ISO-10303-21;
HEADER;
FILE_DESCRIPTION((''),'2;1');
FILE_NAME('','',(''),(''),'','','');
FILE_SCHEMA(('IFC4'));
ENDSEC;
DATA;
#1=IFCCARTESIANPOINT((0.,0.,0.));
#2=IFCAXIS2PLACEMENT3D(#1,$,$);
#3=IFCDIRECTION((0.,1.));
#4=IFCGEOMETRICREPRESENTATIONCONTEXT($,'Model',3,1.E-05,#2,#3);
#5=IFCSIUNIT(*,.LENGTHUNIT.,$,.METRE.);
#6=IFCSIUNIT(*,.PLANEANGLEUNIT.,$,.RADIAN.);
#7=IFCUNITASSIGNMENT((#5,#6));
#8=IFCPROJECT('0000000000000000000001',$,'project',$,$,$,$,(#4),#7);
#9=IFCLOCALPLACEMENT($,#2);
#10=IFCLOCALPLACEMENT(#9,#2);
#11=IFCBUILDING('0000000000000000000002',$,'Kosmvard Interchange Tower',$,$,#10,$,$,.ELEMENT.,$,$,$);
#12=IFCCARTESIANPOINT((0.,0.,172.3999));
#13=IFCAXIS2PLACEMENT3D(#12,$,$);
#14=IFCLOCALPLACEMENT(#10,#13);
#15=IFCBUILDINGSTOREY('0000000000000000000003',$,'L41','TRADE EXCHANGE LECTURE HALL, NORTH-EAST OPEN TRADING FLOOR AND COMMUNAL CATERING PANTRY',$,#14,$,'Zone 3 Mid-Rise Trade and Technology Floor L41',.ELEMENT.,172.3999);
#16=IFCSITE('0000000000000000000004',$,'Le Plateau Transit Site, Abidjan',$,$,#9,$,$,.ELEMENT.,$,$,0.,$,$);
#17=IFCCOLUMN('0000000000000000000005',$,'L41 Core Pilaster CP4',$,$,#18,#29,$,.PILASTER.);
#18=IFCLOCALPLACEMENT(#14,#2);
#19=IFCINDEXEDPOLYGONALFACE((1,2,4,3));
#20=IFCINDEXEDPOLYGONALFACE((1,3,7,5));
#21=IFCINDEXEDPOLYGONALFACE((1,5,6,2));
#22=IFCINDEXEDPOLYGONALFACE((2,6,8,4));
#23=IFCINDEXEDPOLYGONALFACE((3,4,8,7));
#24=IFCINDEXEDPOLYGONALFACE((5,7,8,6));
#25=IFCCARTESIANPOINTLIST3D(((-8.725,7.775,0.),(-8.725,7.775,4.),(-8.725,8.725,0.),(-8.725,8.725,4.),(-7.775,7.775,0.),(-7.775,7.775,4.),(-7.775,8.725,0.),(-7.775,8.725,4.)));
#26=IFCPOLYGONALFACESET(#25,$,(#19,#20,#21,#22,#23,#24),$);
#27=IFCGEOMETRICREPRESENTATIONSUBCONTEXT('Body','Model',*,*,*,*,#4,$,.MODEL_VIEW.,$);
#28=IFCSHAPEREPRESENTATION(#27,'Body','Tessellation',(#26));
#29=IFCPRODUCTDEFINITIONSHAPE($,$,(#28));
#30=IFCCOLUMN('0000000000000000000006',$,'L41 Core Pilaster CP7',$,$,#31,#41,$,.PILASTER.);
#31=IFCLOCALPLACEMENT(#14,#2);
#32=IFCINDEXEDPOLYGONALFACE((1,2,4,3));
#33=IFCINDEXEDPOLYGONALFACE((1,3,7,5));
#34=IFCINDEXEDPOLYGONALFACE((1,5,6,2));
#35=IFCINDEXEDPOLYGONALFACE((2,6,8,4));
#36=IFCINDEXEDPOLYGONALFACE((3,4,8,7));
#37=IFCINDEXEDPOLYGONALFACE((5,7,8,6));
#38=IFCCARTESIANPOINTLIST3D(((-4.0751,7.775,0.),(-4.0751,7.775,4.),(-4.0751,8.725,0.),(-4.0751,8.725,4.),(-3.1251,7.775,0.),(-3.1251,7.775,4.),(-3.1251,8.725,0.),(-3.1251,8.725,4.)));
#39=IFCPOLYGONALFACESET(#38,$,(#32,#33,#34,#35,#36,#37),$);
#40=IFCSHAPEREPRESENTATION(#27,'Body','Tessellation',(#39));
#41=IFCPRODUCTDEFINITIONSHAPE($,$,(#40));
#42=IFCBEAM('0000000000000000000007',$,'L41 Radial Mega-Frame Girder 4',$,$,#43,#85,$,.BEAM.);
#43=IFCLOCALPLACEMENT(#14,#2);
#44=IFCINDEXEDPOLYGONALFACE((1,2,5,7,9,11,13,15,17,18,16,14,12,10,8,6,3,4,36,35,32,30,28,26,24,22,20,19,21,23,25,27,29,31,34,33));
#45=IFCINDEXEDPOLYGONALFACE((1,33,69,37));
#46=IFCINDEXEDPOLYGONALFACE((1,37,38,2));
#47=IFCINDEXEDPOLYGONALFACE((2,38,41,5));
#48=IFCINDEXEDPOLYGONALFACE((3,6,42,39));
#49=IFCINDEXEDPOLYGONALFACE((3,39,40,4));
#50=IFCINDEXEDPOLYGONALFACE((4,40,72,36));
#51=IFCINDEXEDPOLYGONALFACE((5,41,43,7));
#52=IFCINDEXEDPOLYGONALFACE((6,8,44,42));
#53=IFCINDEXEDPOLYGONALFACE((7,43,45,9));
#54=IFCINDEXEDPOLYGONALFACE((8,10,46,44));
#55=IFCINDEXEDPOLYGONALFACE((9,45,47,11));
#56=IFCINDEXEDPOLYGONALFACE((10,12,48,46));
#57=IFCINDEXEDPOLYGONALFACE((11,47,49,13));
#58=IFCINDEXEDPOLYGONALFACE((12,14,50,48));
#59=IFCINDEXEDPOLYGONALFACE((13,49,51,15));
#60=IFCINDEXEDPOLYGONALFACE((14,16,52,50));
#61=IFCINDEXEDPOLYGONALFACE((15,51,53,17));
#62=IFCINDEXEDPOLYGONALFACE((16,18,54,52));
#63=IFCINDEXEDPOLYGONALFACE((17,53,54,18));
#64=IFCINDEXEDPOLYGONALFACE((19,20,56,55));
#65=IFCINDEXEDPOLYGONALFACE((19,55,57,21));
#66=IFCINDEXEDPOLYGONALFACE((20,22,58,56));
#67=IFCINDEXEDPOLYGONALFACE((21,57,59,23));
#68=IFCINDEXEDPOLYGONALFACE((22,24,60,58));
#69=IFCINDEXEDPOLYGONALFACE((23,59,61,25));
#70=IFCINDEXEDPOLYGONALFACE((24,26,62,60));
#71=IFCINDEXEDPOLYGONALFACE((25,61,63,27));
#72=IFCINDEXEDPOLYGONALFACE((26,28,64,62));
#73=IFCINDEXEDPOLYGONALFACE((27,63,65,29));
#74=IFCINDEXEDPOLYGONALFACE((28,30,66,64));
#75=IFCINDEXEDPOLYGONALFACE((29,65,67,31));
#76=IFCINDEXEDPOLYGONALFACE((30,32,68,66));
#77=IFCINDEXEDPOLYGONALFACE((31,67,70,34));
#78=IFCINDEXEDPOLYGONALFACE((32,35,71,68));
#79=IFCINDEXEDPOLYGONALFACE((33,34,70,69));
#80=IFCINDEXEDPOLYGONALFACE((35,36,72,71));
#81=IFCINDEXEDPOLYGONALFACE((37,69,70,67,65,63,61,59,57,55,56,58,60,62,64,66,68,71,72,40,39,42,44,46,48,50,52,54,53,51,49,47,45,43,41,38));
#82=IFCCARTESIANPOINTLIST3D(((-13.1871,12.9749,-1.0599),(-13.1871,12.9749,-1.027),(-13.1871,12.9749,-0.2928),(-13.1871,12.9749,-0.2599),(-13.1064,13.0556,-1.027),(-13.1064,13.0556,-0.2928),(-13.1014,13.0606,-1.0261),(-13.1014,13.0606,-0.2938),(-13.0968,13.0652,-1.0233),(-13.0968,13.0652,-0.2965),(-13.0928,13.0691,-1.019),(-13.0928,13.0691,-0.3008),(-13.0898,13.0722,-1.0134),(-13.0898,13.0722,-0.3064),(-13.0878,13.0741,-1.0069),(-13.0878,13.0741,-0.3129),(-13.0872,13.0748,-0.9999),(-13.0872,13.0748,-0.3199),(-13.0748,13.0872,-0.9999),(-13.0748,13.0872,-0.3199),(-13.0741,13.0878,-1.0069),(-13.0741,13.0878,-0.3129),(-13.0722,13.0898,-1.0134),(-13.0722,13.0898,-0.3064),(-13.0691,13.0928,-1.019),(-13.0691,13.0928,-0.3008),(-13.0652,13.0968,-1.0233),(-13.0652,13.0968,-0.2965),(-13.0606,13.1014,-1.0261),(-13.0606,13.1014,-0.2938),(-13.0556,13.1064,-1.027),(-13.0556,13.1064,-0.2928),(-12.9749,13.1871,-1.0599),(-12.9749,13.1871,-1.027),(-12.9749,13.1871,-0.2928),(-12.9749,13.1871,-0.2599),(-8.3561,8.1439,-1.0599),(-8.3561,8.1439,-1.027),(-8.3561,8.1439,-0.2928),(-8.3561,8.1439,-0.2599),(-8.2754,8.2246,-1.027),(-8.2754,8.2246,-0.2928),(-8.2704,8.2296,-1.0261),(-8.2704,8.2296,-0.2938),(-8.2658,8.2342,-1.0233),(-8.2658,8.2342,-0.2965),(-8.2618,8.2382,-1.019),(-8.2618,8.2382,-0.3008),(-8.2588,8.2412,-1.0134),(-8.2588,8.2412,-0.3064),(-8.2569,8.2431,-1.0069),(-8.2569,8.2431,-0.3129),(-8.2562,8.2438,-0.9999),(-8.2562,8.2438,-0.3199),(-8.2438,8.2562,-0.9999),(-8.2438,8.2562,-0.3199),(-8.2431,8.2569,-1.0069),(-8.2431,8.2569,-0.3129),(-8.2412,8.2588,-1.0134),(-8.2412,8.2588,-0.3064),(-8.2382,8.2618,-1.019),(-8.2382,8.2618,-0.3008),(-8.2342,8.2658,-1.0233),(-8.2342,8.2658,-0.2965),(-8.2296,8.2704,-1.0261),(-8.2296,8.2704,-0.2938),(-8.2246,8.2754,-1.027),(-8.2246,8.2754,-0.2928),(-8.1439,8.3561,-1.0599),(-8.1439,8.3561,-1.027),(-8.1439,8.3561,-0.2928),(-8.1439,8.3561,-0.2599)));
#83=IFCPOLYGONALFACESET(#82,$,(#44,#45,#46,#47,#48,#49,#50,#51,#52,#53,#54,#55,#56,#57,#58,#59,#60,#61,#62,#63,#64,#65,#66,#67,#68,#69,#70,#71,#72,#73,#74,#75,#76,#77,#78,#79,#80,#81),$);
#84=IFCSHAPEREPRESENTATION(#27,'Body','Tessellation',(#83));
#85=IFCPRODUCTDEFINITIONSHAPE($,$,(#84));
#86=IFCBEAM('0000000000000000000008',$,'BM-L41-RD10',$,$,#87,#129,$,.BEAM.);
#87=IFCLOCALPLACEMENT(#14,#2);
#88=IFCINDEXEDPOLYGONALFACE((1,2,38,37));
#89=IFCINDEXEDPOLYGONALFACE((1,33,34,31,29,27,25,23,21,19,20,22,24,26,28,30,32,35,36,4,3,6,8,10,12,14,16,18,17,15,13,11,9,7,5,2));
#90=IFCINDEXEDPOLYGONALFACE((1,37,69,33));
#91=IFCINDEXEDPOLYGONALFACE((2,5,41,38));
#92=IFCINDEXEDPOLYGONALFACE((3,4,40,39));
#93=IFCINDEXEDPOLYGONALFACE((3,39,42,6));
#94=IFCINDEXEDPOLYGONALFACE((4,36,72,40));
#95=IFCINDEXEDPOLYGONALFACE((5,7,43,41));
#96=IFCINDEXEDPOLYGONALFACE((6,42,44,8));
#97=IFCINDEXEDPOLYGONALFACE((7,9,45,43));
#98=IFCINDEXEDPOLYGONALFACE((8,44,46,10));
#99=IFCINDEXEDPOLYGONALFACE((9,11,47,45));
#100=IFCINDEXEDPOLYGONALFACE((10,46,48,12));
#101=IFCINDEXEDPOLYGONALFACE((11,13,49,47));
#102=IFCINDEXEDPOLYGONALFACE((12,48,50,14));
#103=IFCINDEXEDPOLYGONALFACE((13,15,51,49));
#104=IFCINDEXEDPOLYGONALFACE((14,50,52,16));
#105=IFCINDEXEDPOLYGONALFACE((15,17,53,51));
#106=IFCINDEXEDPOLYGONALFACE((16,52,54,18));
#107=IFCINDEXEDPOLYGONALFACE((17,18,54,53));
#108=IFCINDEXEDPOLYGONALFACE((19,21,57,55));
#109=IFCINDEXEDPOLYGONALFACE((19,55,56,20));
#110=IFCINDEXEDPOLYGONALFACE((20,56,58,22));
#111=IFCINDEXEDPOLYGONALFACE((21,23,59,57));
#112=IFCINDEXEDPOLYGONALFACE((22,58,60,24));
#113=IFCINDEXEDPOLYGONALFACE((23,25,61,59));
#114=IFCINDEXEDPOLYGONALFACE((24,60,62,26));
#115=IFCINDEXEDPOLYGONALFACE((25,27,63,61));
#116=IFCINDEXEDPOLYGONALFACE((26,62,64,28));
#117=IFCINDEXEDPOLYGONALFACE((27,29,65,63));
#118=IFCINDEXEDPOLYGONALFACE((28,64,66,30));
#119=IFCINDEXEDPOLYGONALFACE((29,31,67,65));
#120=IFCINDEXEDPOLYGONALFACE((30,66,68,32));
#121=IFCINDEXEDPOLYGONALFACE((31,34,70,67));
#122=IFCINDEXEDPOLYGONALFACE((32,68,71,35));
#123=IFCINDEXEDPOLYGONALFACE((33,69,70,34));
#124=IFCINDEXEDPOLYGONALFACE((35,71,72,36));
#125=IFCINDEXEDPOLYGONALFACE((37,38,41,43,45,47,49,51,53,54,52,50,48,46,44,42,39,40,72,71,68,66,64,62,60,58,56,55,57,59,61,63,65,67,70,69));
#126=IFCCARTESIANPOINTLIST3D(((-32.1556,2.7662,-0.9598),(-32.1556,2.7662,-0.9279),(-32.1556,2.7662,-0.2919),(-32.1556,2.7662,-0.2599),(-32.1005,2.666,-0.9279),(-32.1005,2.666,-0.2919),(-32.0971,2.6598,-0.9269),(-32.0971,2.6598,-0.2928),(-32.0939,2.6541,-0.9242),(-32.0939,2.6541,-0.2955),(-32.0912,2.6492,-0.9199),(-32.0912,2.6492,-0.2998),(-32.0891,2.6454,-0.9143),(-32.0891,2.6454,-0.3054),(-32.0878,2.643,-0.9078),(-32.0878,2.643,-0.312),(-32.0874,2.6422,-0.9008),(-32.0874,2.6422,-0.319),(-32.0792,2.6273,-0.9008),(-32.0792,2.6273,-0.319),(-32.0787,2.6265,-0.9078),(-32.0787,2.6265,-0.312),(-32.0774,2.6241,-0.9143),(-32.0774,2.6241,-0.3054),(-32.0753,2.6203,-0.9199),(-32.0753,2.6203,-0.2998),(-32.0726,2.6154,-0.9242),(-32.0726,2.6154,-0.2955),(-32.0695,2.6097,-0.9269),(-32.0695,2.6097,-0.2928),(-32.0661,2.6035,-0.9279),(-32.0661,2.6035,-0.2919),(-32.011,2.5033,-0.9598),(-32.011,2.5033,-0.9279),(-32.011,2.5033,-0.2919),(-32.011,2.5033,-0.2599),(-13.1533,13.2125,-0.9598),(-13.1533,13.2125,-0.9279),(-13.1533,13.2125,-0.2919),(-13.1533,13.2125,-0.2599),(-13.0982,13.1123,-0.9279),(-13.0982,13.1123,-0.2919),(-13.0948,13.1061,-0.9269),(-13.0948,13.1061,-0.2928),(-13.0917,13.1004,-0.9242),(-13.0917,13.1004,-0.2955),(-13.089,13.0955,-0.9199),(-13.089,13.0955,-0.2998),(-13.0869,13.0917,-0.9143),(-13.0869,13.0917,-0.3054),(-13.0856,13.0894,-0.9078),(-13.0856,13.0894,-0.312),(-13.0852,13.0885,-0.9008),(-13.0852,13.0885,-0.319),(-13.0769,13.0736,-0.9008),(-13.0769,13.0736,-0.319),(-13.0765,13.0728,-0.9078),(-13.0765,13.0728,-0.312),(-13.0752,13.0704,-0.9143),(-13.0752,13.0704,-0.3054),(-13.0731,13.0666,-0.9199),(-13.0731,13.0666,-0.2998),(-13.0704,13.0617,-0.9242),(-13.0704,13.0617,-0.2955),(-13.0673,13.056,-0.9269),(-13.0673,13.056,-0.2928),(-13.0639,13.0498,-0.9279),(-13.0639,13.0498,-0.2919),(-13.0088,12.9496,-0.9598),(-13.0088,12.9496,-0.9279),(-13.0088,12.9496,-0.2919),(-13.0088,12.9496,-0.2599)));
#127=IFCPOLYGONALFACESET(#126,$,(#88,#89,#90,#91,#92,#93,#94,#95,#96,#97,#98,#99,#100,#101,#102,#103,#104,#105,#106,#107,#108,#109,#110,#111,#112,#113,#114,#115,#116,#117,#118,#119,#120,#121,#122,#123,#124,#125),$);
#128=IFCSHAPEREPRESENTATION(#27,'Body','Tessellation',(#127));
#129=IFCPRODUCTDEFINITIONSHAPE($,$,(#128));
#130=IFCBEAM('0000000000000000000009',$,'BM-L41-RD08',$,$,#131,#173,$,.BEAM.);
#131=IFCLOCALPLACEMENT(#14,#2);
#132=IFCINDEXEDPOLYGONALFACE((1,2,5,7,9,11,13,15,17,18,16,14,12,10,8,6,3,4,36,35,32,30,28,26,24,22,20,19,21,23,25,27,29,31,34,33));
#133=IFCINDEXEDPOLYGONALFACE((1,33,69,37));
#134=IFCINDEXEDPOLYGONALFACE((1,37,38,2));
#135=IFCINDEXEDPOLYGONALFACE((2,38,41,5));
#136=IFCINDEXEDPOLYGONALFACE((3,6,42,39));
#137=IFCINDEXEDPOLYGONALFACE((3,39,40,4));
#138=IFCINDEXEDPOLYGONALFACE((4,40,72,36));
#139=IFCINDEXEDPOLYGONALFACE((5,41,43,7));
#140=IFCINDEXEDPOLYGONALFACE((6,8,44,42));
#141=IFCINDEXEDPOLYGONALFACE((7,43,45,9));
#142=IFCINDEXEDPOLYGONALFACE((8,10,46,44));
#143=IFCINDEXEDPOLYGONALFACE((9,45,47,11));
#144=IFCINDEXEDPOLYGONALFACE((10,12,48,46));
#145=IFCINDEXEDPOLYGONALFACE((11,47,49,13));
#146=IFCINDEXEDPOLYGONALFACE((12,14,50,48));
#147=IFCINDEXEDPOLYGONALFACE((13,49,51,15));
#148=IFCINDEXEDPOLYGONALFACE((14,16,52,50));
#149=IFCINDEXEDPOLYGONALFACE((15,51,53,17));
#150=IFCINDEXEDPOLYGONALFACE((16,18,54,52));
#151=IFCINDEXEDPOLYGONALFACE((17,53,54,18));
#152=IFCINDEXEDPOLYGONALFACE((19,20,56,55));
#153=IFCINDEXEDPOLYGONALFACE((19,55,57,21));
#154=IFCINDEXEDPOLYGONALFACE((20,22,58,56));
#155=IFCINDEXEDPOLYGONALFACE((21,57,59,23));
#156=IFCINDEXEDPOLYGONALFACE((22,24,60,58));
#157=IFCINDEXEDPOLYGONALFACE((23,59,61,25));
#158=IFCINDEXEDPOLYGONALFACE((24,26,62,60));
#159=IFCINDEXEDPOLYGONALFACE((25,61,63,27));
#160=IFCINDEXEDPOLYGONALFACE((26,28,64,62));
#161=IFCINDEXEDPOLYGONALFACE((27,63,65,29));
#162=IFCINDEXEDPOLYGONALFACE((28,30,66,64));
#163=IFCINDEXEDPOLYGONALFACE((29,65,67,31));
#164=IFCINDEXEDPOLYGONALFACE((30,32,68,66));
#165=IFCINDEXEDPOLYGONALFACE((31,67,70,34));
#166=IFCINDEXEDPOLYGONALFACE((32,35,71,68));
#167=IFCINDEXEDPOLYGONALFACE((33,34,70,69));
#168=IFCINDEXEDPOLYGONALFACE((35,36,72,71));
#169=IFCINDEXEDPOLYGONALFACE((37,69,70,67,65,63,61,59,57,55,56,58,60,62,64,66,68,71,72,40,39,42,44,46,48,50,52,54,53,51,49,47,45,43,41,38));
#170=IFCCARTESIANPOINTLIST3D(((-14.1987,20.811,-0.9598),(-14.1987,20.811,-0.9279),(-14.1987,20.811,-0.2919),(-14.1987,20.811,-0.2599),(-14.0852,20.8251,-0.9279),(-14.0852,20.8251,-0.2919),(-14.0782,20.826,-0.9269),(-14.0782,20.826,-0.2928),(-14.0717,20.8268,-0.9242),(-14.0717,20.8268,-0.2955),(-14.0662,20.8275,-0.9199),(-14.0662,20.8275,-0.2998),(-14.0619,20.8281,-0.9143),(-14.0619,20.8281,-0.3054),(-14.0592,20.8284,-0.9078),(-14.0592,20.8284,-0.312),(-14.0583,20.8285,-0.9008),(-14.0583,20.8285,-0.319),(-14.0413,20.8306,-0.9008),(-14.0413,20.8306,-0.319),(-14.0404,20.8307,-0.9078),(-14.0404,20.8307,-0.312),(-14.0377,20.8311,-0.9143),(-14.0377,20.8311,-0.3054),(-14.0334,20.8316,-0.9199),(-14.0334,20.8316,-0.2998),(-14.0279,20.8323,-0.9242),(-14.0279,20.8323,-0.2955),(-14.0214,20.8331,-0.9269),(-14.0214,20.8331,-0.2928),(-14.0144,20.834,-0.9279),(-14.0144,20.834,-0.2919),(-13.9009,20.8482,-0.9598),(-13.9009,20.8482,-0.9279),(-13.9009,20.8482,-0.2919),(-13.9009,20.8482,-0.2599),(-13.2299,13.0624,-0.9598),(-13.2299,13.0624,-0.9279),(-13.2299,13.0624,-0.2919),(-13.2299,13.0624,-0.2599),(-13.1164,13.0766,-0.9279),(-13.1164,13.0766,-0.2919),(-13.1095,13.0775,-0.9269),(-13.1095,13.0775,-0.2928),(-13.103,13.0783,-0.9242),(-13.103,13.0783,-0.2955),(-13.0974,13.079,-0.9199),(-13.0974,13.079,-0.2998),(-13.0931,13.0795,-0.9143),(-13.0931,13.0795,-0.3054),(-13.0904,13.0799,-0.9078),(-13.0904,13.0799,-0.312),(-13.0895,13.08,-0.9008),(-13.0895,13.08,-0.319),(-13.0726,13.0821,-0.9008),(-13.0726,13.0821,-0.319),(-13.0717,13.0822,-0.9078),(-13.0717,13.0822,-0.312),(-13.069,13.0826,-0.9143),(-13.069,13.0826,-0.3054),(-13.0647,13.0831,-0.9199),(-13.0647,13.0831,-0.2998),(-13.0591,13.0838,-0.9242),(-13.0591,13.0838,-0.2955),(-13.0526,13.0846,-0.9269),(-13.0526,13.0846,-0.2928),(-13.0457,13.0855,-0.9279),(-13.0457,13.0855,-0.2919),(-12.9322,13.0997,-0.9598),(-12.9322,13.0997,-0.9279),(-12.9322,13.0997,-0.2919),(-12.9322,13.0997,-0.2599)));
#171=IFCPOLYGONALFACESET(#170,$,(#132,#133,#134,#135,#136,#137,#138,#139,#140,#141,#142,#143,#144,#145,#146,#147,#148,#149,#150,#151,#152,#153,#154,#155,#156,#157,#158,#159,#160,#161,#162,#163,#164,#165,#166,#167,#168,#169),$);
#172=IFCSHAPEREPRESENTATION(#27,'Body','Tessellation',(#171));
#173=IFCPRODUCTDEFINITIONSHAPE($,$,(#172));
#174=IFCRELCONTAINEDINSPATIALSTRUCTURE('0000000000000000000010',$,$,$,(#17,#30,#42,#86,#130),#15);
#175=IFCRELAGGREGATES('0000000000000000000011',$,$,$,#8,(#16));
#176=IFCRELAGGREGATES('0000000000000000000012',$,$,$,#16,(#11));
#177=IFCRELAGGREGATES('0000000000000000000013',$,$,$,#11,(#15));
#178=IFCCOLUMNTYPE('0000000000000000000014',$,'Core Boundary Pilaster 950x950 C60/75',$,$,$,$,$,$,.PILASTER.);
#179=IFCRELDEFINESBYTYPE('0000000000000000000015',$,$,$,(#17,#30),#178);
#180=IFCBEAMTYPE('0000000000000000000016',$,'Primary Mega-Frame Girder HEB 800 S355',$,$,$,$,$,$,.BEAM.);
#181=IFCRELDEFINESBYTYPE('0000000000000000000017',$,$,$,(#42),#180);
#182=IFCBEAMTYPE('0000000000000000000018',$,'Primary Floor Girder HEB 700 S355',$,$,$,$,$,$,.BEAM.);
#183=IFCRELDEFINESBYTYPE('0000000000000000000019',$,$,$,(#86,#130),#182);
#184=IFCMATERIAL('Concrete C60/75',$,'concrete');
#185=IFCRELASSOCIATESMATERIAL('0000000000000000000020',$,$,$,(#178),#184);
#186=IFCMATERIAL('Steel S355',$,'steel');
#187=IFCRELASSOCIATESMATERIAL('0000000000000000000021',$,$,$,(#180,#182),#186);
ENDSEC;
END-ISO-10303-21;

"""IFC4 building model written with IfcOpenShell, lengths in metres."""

from ifc_helpers import new_model, si_unit, direction, frame, origin, origin_2d, place, context, subcontext, project, spatial, rectangle, i_section, extrude, source, transform, mapped, material, material_profile, profile_set, type_object, element, save


model = new_model("IFC4")

# Units and contexts
model_context = context("Model", 3, precision=1e-05, world=origin(), true_north=direction((0.0, 1.0)))
body_context = subcontext(model_context, "Body", "Model", "MODEL_VIEW")
ifc_project = project(units=[si_unit("LENGTHUNIT", "METRE"), si_unit("PLANEANGLEUNIT", "RADIAN")], contexts=[model_context])

# Site, building, storey
site_placement = place(None, origin())
site = spatial("IfcSite", under=ifc_project, at=site_placement, Name="Le Plateau Transit Site, Abidjan", CompositionType="ELEMENT", RefElevation=0.0)
building_placement = place(site_placement, origin())
building = spatial("IfcBuilding", under=site, at=building_placement, Name="Kosmvard Interchange Tower", CompositionType="ELEMENT")
storey_placement = place(building_placement, frame((0.0, 0.0, 172.3999)))
storey = spatial("IfcBuildingStorey", under=building, at=storey_placement, Name="L41", Description="TRADE EXCHANGE LECTURE HALL, NORTH-EAST OPEN TRADING FLOOR AND COMMUNAL CATERING PANTRY", LongName="Zone 3 Mid-Rise Trade and Technology Floor L41", CompositionType="ELEMENT", Elevation=172.3999)

# Columns
ifc_material_1 = material(Name="Concrete C60/75", Category="concrete")
ifc_material_profile_1 = material_profile(ifc_material_1, rectangle(XDim=0.95, YDim=0.95, at=origin_2d()), Name="CP 950x950")
ifc_profile_set_1 = profile_set([ifc_material_profile_1], Name="Concrete C60/75")
column_type = type_object("IfcColumnType", Name="Core Boundary Pilaster 950x950 C60/75", PredefinedType="PILASTER", material=ifc_profile_set_1)
shared_shape_1 = source(origin(), body_context, "Body", "SweptSolid", [
    extrude(rectangle(XDim=0.95, YDim=0.95, at=origin_2d()), origin(), (0.0, 0.0, 1.0), 4.0),
])
for number, where, z_axis, x_axis, name in (
    (1, (-8.25, 8.25, 0.0), (0.0, 0.0, 1.0), (1.0, 0.0, 0.0), "L41 Core Pilaster CP4"),
    (2, (-3.6001, 8.25, 0.0), (0.0, 0.0, 1.0), (1.0, 0.0, 0.0), "L41 Core Pilaster CP7"),
):
    element("IfcColumn", number, at=place(storey_placement, frame(where, z_axis=z_axis, x_axis=x_axis)), inside=storey, type_object=column_type, Name=name, PredefinedType="PILASTER", context=body_context, shape_type="MappedRepresentation", body=[
        mapped(shared_shape_1, transform((0.0, 0.0, 0.0), scale=1.0)),
    ])

# Beams
ifc_material_2 = material(Name="Steel S355", Category="steel")
ifc_material_profile_2 = material_profile(ifc_material_2, i_section(OverallWidth=0.3, OverallDepth=0.8, WebThickness=0.0176, FlangeThickness=0.033, FilletRadius=0.0271, at=origin_2d()), Name="HEB 800")
ifc_profile_set_2 = profile_set([ifc_material_profile_2], Name="Steel S355")
beam_type_1 = type_object("IfcBeamType", Name="Primary Mega-Frame Girder HEB 800 S355", PredefinedType="BEAM", material=ifc_profile_set_2)
shared_shape_2 = source(origin(), body_context, "Body", "SweptSolid", [
    extrude(i_section(OverallWidth=0.3, OverallDepth=0.8, WebThickness=0.0176, FlangeThickness=0.033, FilletRadius=0.0271, at=origin_2d()), origin(), (0.0, 0.0, 1.0), 6.832),
])
beam_1_placement = place(storey_placement, frame((-8.25, 8.25, -0.6599), z_axis=(-0.707107, 0.707107, 0.0), x_axis=(-0.707107, -0.707107, 0.0)))
element("IfcBeam", 3, at=beam_1_placement, inside=storey, type_object=beam_type_1, Name="L41 Radial Mega-Frame Girder 4", PredefinedType="BEAM", context=body_context, shape_type="MappedRepresentation", body=[
    mapped(shared_shape_2, transform((0.0, 0.0, 0.0), scale=1.0)),
])
ifc_material_profile_3 = material_profile(ifc_material_2, i_section(OverallWidth=0.3, OverallDepth=0.7, WebThickness=0.0171, FlangeThickness=0.032, FilletRadius=0.0271, at=origin_2d()), Name="HEB 700")
ifc_profile_set_3 = profile_set([ifc_material_profile_3], Name="Steel S355")
beam_type_2 = type_object("IfcBeamType", Name="Primary Floor Girder HEB 700 S355", PredefinedType="BEAM", material=ifc_profile_set_3)
shared_shape_3 = source(origin(), body_context, "Body", "SweptSolid", [
    extrude(i_section(OverallWidth=0.3, OverallDepth=0.7, WebThickness=0.0171, FlangeThickness=0.032, FilletRadius=0.0271, at=origin_2d()), origin(), (0.0, 0.0, 1.0), 21.6843),
])
beam_2_placement = place(storey_placement, frame((-13.0811, 13.0811, -0.6099), z_axis=(-0.876312, -0.481745, 0.0), x_axis=(0.481745, -0.876312, 0.0)))
element("IfcBeam", 4, at=beam_2_placement, inside=storey, type_object=beam_type_2, Name="BM-L41-RD10", PredefinedType="BEAM", context=body_context, shape_type="MappedRepresentation", body=[
    mapped(shared_shape_3, transform((0.0, 0.0, 0.0), scale=1.0)),
])
shared_shape_4 = source(origin(), body_context, "Body", "SweptSolid", [
    extrude(i_section(OverallWidth=0.3, OverallDepth=0.7, WebThickness=0.0171, FlangeThickness=0.032, FilletRadius=0.0271, at=origin_2d()), origin(), (0.0, 0.0, 1.0), 7.8088),
])
beam_3_placement = place(storey_placement, frame((-13.0811, 13.0811, -0.6099), z_axis=(-0.124058, 0.992275, 0.0), x_axis=(-0.992275, -0.124058, 0.0)))
element("IfcBeam", 5, at=beam_3_placement, inside=storey, type_object=beam_type_2, Name="BM-L41-RD08", PredefinedType="BEAM", context=body_context, shape_type="MappedRepresentation", body=[
    mapped(shared_shape_4, transform((0.0, 0.0, 0.0), scale=1.0)),
])

save(model, "model.ifc")
